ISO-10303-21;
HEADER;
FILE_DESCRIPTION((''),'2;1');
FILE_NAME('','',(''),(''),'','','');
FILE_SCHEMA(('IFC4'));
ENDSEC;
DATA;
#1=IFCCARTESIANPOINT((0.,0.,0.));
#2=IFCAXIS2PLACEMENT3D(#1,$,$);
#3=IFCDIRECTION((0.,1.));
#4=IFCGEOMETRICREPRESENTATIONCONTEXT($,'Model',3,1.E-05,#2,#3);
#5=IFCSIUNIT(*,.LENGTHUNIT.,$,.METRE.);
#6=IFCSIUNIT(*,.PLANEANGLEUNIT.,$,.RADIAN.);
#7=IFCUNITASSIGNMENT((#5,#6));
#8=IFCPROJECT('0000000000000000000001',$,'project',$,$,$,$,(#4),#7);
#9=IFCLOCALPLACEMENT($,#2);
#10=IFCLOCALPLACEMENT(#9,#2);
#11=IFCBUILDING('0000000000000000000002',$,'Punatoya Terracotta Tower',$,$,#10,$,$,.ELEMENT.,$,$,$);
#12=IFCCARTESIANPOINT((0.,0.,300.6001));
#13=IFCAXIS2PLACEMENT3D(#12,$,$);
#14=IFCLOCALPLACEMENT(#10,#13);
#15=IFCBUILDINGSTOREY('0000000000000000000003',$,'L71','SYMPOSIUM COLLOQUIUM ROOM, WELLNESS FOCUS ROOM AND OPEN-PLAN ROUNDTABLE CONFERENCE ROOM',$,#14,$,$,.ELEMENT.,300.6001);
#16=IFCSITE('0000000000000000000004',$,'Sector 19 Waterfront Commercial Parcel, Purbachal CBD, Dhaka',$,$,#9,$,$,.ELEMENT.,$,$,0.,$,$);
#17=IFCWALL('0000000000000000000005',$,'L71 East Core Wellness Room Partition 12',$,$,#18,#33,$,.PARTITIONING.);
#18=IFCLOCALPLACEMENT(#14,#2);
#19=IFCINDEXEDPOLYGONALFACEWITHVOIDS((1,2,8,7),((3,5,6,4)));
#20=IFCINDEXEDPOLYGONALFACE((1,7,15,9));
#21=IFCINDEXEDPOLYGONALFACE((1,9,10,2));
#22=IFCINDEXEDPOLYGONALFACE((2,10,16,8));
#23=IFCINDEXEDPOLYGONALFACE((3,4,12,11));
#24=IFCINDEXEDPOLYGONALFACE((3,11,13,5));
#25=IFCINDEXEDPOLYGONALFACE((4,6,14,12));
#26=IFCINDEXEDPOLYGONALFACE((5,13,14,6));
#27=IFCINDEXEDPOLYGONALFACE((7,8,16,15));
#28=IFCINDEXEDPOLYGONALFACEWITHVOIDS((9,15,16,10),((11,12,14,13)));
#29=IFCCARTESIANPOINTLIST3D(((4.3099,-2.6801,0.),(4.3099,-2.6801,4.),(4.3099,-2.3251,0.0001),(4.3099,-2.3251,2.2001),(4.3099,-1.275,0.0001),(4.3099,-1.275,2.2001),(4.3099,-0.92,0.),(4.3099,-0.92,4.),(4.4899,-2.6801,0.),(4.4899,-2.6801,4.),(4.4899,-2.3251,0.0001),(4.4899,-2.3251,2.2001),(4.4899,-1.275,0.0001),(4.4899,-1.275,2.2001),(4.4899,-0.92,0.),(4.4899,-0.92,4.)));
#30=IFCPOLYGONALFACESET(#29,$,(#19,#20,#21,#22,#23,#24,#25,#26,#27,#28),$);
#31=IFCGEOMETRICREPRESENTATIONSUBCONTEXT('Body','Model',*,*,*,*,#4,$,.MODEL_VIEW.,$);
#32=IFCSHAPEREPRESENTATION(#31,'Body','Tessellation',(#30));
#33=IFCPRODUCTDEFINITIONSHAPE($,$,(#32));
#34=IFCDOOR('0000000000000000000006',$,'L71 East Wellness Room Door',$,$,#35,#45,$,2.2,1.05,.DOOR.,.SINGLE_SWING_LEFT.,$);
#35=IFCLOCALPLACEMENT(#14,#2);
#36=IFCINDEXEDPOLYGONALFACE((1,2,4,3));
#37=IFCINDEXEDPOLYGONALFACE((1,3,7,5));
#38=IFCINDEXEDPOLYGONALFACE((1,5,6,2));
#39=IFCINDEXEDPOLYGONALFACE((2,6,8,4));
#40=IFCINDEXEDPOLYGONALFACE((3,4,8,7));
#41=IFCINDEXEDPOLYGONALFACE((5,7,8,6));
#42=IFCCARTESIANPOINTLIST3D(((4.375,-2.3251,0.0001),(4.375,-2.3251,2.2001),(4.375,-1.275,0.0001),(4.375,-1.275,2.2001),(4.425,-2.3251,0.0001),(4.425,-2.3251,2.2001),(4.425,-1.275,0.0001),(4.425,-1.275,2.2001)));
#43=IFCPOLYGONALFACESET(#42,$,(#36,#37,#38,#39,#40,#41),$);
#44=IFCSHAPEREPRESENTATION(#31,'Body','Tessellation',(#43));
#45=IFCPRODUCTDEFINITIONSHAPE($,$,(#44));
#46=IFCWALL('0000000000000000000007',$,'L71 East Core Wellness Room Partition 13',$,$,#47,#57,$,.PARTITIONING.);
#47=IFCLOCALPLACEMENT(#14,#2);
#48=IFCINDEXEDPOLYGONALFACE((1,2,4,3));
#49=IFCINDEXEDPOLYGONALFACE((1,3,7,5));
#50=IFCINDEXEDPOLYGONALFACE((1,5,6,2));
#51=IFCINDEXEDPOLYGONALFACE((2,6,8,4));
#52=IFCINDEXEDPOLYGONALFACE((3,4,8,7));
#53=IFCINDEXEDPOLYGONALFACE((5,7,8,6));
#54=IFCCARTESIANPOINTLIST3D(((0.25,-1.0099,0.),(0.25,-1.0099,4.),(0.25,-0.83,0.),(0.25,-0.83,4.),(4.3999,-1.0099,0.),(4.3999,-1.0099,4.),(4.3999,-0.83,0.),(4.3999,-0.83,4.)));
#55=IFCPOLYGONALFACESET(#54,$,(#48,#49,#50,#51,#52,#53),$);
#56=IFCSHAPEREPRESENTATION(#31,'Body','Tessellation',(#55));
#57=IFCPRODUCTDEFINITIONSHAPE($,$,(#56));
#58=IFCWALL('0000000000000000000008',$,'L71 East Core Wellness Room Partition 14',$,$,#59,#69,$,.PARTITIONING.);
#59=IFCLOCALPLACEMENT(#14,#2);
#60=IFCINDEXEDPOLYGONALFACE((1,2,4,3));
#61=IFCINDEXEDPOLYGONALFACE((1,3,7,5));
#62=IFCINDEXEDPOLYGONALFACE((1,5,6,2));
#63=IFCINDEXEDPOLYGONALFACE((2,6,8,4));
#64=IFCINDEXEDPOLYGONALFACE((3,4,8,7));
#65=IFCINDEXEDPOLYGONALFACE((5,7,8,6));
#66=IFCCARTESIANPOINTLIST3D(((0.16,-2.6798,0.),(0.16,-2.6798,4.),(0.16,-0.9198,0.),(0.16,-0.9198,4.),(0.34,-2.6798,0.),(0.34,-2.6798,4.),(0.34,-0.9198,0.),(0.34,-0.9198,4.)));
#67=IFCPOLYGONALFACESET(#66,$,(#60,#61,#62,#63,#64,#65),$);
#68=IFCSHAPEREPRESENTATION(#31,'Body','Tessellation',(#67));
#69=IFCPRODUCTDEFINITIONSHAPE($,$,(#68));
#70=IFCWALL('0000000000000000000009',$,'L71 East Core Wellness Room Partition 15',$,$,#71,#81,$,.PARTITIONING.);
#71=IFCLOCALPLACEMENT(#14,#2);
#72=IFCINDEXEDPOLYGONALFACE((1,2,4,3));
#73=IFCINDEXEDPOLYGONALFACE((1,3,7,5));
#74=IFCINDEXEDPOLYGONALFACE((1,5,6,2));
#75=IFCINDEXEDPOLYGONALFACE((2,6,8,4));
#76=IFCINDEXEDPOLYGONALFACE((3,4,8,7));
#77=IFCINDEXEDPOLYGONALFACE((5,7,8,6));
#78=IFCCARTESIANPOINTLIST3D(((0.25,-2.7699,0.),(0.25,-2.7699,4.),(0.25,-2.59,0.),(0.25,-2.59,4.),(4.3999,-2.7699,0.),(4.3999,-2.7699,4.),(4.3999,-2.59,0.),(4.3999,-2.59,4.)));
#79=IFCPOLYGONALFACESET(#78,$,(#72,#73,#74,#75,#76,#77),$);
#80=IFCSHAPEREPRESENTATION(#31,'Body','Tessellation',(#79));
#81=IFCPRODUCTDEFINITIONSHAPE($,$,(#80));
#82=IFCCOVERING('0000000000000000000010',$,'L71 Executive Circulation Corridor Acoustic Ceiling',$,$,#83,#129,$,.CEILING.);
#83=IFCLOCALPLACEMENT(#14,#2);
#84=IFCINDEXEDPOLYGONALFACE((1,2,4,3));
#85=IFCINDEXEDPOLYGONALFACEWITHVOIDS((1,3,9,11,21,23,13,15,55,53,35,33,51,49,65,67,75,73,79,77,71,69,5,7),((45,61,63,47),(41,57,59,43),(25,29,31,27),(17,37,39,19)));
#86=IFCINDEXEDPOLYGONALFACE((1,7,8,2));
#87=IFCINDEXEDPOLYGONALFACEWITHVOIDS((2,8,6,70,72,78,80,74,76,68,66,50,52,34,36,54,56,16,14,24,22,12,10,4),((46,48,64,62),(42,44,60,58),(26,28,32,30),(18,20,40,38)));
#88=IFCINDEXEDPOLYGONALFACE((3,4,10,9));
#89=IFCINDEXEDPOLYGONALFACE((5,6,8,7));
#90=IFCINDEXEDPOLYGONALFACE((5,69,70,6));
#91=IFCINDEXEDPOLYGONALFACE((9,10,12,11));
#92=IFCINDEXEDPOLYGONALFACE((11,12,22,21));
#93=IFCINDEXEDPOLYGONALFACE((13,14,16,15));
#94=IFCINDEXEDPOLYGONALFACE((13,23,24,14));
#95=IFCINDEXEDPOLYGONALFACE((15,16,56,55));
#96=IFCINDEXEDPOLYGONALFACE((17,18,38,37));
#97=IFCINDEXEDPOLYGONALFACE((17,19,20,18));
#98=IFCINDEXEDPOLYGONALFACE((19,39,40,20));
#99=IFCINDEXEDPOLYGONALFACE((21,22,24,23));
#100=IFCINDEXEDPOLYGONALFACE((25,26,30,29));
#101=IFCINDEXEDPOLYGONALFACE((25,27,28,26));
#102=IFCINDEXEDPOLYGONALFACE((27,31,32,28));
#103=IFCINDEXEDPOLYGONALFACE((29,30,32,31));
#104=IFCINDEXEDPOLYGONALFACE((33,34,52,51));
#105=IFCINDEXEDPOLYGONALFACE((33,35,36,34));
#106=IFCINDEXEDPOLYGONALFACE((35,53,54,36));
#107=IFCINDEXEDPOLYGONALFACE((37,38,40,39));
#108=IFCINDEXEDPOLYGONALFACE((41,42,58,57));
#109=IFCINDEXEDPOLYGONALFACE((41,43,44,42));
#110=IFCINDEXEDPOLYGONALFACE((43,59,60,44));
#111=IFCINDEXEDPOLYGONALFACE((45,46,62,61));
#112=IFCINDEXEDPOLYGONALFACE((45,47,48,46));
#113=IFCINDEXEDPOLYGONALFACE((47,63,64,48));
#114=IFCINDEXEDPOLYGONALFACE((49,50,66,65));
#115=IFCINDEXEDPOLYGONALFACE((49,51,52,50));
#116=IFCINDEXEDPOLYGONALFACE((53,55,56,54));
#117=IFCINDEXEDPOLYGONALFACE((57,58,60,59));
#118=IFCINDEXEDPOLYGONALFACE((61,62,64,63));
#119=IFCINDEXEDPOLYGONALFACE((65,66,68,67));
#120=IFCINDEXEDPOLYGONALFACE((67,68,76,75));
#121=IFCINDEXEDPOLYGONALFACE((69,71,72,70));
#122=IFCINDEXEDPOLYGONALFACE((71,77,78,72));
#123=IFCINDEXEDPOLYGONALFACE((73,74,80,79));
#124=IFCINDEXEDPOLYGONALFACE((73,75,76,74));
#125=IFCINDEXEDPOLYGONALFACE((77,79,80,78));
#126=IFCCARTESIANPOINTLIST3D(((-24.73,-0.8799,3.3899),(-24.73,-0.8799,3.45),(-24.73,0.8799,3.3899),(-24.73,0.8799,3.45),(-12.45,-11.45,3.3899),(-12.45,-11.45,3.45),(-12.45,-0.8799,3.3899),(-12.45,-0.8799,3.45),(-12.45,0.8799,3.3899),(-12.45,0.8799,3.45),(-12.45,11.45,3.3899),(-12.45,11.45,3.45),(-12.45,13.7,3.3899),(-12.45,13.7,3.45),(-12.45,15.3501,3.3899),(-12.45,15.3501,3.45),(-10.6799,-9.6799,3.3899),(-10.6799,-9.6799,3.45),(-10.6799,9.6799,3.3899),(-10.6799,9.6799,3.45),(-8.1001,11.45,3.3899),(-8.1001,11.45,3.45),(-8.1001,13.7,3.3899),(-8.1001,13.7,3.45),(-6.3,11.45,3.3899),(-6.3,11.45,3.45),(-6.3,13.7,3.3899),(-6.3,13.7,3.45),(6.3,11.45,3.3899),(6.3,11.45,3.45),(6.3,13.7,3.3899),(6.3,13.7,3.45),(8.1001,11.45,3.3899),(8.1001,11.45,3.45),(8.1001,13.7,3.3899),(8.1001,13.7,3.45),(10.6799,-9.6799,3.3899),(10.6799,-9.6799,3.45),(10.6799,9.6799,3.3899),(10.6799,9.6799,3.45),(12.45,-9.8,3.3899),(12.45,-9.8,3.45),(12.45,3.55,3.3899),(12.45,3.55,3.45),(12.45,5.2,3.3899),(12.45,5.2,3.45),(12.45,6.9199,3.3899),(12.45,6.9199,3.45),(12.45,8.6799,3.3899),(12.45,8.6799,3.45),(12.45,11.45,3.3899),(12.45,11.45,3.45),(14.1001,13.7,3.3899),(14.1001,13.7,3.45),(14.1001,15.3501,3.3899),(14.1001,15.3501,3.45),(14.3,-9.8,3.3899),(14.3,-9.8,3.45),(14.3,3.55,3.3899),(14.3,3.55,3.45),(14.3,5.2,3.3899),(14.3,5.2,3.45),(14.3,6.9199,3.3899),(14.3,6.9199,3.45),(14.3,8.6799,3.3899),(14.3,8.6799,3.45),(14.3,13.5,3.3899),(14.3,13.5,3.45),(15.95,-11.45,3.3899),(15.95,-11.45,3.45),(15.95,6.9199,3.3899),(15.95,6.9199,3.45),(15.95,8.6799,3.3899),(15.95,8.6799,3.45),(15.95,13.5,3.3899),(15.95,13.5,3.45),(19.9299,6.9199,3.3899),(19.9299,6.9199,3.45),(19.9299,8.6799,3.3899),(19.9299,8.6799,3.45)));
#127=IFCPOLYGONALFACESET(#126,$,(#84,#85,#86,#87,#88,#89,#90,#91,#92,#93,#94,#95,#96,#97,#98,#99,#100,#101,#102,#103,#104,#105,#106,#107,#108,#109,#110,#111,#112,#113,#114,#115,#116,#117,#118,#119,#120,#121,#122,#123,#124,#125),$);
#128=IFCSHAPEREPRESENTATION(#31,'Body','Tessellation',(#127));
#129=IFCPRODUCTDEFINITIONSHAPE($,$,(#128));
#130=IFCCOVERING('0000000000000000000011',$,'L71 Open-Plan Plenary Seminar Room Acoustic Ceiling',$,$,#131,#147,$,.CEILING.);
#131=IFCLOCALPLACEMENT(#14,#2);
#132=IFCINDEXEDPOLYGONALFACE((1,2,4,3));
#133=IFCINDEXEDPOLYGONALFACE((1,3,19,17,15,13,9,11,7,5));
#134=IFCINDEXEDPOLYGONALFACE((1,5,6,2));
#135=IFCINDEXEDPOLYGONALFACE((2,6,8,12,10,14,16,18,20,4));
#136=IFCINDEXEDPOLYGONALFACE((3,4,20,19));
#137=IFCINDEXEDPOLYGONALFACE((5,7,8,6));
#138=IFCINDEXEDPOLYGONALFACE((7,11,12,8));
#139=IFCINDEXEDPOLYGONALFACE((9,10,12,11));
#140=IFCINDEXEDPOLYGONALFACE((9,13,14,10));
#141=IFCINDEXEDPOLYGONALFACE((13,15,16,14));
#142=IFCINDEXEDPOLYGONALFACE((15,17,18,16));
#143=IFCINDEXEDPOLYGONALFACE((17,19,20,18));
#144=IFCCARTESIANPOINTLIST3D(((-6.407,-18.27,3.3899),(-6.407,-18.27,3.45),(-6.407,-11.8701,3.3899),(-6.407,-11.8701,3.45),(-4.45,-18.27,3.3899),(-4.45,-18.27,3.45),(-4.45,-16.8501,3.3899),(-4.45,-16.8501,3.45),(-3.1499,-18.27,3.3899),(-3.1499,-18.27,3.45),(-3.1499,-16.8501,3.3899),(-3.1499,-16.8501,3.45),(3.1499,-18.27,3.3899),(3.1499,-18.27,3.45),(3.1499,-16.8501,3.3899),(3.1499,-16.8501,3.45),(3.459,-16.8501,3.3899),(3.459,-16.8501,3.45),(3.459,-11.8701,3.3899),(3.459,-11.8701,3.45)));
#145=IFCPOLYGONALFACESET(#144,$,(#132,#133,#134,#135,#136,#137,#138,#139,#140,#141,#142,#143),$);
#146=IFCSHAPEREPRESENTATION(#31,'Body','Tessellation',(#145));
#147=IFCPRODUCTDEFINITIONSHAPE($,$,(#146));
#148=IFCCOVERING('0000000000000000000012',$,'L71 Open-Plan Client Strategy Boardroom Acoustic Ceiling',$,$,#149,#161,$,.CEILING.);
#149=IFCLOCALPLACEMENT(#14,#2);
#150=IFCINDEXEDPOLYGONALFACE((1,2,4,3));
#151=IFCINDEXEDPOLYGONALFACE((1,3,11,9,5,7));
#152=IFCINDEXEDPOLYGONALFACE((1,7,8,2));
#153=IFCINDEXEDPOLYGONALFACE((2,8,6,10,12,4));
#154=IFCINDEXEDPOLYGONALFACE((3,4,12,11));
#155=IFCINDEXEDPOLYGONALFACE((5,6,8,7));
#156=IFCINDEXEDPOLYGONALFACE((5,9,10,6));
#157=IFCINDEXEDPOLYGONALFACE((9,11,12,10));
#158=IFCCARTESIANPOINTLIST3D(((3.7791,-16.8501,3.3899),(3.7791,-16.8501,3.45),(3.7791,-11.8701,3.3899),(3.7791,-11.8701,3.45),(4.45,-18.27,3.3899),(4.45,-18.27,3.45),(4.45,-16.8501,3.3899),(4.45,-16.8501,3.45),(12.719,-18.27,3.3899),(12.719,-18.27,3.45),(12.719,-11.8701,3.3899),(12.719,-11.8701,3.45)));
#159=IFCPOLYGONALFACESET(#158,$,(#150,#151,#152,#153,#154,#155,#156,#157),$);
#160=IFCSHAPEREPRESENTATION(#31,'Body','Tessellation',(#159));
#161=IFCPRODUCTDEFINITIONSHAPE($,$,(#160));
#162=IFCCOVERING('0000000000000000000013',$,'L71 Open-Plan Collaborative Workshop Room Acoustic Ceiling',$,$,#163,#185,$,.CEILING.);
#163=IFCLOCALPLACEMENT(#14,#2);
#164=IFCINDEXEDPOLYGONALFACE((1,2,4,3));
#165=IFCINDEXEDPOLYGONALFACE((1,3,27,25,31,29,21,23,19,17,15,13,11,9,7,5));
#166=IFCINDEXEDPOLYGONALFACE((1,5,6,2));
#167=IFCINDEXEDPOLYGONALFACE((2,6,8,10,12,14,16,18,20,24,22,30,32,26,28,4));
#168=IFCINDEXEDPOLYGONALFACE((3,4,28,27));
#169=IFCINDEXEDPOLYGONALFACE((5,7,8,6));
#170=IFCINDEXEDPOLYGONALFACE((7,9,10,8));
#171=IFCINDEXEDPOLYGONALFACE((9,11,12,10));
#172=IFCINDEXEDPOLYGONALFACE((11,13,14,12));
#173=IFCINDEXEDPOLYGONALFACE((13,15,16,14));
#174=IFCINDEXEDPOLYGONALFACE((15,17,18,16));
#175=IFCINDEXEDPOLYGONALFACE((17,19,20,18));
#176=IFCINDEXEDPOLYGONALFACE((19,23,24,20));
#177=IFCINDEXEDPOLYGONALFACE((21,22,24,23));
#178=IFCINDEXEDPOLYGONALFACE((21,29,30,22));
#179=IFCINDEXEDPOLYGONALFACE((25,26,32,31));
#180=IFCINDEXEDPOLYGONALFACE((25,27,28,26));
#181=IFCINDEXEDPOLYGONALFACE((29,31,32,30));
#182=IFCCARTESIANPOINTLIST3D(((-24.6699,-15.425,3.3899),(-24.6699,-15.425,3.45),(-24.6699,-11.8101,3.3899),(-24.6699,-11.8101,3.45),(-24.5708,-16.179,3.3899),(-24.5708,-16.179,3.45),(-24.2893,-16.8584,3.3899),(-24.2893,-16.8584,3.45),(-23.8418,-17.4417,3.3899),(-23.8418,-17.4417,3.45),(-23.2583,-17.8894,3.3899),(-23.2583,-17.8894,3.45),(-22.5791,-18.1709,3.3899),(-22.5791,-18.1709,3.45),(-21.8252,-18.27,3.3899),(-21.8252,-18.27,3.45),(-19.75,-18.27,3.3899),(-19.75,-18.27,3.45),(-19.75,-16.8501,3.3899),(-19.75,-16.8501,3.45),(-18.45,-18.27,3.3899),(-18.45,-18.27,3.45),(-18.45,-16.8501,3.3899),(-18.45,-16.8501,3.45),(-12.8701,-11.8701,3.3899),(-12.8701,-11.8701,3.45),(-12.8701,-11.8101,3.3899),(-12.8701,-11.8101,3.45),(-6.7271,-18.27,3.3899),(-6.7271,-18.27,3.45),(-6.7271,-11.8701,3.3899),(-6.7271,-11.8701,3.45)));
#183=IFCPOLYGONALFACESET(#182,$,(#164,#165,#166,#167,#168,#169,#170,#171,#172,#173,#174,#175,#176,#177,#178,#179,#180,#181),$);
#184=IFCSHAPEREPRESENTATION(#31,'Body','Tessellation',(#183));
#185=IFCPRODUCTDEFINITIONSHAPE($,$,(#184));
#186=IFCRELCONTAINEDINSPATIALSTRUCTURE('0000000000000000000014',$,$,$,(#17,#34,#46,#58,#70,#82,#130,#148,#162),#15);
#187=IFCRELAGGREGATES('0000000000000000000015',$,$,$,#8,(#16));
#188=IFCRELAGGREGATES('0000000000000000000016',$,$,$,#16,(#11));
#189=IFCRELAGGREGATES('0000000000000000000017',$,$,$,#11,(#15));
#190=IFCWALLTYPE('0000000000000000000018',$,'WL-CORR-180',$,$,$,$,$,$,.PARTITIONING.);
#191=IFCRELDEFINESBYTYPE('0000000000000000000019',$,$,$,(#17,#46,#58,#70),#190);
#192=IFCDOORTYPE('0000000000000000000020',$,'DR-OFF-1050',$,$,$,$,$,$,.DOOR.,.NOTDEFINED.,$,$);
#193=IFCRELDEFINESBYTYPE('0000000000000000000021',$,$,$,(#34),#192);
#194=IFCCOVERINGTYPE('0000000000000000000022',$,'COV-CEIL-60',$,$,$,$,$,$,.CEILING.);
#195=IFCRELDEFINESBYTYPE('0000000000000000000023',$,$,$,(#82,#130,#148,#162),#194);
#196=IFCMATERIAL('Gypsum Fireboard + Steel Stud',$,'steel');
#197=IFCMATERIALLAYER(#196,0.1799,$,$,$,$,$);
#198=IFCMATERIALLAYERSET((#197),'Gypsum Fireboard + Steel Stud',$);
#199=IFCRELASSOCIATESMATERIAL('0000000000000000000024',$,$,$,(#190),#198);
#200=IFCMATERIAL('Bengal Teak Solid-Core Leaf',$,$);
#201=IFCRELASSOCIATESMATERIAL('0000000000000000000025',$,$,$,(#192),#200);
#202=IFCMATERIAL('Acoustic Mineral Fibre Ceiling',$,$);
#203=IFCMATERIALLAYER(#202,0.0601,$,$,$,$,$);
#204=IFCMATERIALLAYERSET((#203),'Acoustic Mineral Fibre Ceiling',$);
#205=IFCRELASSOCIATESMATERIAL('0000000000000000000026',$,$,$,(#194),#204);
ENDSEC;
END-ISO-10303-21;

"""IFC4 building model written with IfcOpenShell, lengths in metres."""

from ifc_helpers import new_model, si_unit, direction, frame, frame_2d, origin, place, context, subcontext, project, spatial, polyline, rectangle, outline, extrude, material, layer, layer_set, type_object, element, fill, save


model = new_model("IFC4")

# Units and contexts
model_context = context("Model", 3, precision=1e-05, world=origin(), true_north=direction((0.0, 1.0)))
body_context = subcontext(model_context, "Body", "Model", "MODEL_VIEW")
ifc_project = project(units=[si_unit("LENGTHUNIT", "METRE"), si_unit("PLANEANGLEUNIT", "RADIAN")], contexts=[model_context])

# Site, building, storey
site_placement = place(None, origin())
site = spatial("IfcSite", under=ifc_project, at=site_placement, Name="Sector 19 Waterfront Commercial Parcel, Purbachal CBD, Dhaka", CompositionType="ELEMENT", RefElevation=0.0)
building_placement = place(site_placement, origin())
building = spatial("IfcBuilding", under=site, at=building_placement, Name="Punatoya Terracotta Tower", CompositionType="ELEMENT")
storey_placement = place(building_placement, frame((0.0, 0.0, 300.6001)))
storey = spatial("IfcBuildingStorey", under=building, at=storey_placement, Name="L71", Description="SYMPOSIUM COLLOQUIUM ROOM, WELLNESS FOCUS ROOM AND OPEN-PLAN ROUNDTABLE CONFERENCE ROOM", CompositionType="ELEMENT", Elevation=300.6001)

# Wall, opening, door
ifc_material_1 = material(Name="Gypsum Fireboard + Steel Stud", Category="steel")
ifc_layer_1 = layer(ifc_material_1, 0.1799)
ifc_layer_set_1 = layer_set([ifc_layer_1], Name="Gypsum Fireboard + Steel Stud")
wall_type_1 = type_object("IfcWallType", Name="WL-CORR-180", PredefinedType="PARTITIONING", material=ifc_layer_set_1)
ifc_material_2 = material(Name="Bengal Teak Solid-Core Leaf")
door_type_1 = type_object("IfcDoorType", Name="DR-OFF-1050", OperationType="NOTDEFINED", PredefinedType="DOOR", material=ifc_material_2)
wall_1_placement = place(storey_placement, frame((4.3999, -2.6799, 0.0), z_axis=(0.0, 0.0, 1.0), x_axis=(0.0, 1.0, 0.0)))
wall_1 = element("IfcWall", 1, at=wall_1_placement, inside=storey, type_object=wall_type_1, Name="L71 East Core Wellness Room Partition 12", PredefinedType="PARTITIONING", context=body_context, shape_type="SweptSolid", body=[
    extrude(rectangle(XDim=1.76, YDim=0.1799, at=frame_2d((0.8799, 0.0))), origin(), (0.0, 0.0, 1.0), 4.0),
])
opening_1_placement = place(wall_1_placement, frame((0.355, 0.0, 0.0)))
opening_1 = element("IfcOpeningElement", 2, at=opening_1_placement, cuts=wall_1, PredefinedType="OPENING", context=body_context, shape_type="SweptSolid", body=[
    extrude(rectangle(XDim=1.05, YDim=2.2, at=frame_2d((0.5249, 1.1001))), frame((0.0, 0.0999, 0.0), z_axis=(0.0, -1.0, 0.0), x_axis=(1.0, 0.0, 0.0)), (0.0, 0.0, 1.0), 0.2),
])
door_1_placement = place(opening_1_placement, origin())
door_1 = element("IfcDoor", 3, at=door_1_placement, inside=storey, type_object=door_type_1, Name="L71 East Wellness Room Door", OperationType="SINGLE_SWING_LEFT", OverallHeight=2.2, OverallWidth=1.05, PredefinedType="DOOR", context=body_context, shape_type="SweptSolid", body=[
    extrude(rectangle(XDim=1.05, YDim=2.2, at=frame_2d((0.5249, 1.1001))), frame((0.0, 0.0249, 0.0), z_axis=(0.0, -1.0, 0.0), x_axis=(1.0, 0.0, 0.0)), (0.0, 0.0, 1.0), 0.05),
])
fill(opening_1, door_1)

# Walls
wall_2_placement = place(storey_placement, frame((4.3999, -0.9199, 0.0), z_axis=(0.0, 0.0, 1.0), x_axis=(-1.0, 0.0, 0.0)))
element("IfcWall", 4, at=wall_2_placement, inside=storey, type_object=wall_type_1, Name="L71 East Core Wellness Room Partition 13", PredefinedType="PARTITIONING", context=body_context, shape_type="SweptSolid", body=[
    extrude(rectangle(XDim=4.1499, YDim=0.1799, at=frame_2d((2.075, 0.0))), origin(), (0.0, 0.0, 1.0), 4.0),
])
wall_3_placement = place(storey_placement, frame((0.25, -0.9199, 0.0), z_axis=(0.0, 0.0, 1.0), x_axis=(0.0, -1.0, 0.0)))
element("IfcWall", 5, at=wall_3_placement, inside=storey, type_object=wall_type_1, Name="L71 East Core Wellness Room Partition 14", PredefinedType="PARTITIONING", context=body_context, shape_type="SweptSolid", body=[
    extrude(rectangle(XDim=1.76, YDim=0.1799, at=frame_2d((0.8799, 0.0))), origin(), (0.0, 0.0, 1.0), 4.0),
])
wall_4_placement = place(storey_placement, frame((0.25, -2.6799, 0.0), z_axis=(0.0, 0.0, 1.0), x_axis=(1.0, 0.0, 0.0)))
element("IfcWall", 6, at=wall_4_placement, inside=storey, type_object=wall_type_1, Name="L71 East Core Wellness Room Partition 15", PredefinedType="PARTITIONING", context=body_context, shape_type="SweptSolid", body=[
    extrude(rectangle(XDim=4.1499, YDim=0.1799, at=frame_2d((2.075, 0.0))), origin(), (0.0, 0.0, 1.0), 4.0),
])

# Coverings
ifc_material_3 = material(Name="Acoustic Mineral Fibre Ceiling")
ifc_layer_2 = layer(ifc_material_3, 0.0601)
ifc_layer_set_2 = layer_set([ifc_layer_2], Name="Acoustic Mineral Fibre Ceiling")
covering_type = type_object("IfcCoveringType", Name="COV-CEIL-60", PredefinedType="CEILING", material=ifc_layer_set_2)
covering_1_placement = place(storey_placement, frame((0.0, 0.0, 3.3899)))
element("IfcCovering", 7, at=covering_1_placement, inside=storey, type_object=covering_type, Name="L71 Executive Circulation Corridor Acoustic Ceiling", PredefinedType="CEILING", context=body_context, shape_type="SweptSolid", body=[
    extrude(outline(polyline([(-12.45, 13.7), (-8.1001, 13.7), (-8.1001, 11.45), (-12.45, 11.45), (-12.45, 0.8799), (-24.73, 0.8799), (-24.73, -0.8799), (-12.45, -0.8799), (-12.45, -11.45), (15.95, -11.45), (15.95, 6.9199), (19.9299, 6.9199), (19.9299, 8.6799), (15.95, 8.6799), (15.95, 13.5), (14.3, 13.5), (14.3, 8.6799), (12.45, 8.6799), (12.45, 11.45), (8.1001, 11.45), (8.1001, 13.7), (14.1001, 13.7), (14.1001, 15.3501), (-12.45, 15.3501), (-12.45, 13.7)]), holes=[polyline([(12.45, 3.55), (14.3, 3.55), (14.3, -9.8), (12.45, -9.8), (12.45, 3.55)]), polyline([(12.45, 6.9199), (14.3, 6.9199), (14.3, 5.2), (12.45, 5.2), (12.45, 6.9199)]), polyline([(10.6799, 9.6799), (10.6799, -9.6799), (-10.6799, -9.6799), (-10.6799, 9.6799), (10.6799, 9.6799)]), polyline([(6.3, 13.7), (6.3, 11.45), (-6.3, 11.45), (-6.3, 13.7), (6.3, 13.7)])]), origin(), (0.0, 0.0, 1.0), 0.0601),
])
covering_2_placement = place(storey_placement, frame((0.0, 0.0, 3.3899)))
element("IfcCovering", 8, at=covering_2_placement, inside=storey, type_object=covering_type, Name="L71 Open-Plan Plenary Seminar Room Acoustic Ceiling", PredefinedType="CEILING", context=body_context, shape_type="SweptSolid", body=[
    extrude(outline(polyline([(-4.45, -18.27), (-4.45, -16.8501), (-3.1499, -16.8501), (-3.1499, -18.27), (3.1499, -18.27), (3.1499, -16.8501), (3.459, -16.8501), (3.459, -11.8701), (-6.407, -11.8701), (-6.407, -18.27), (-4.45, -18.27)])), origin(), (0.0, 0.0, 1.0), 0.0601),
])
covering_3_placement = place(storey_placement, frame((0.0, 0.0, 3.3899)))
element("IfcCovering", 9, at=covering_3_placement, inside=storey, type_object=covering_type, Name="L71 Open-Plan Client Strategy Boardroom Acoustic Ceiling", PredefinedType="CEILING", context=body_context, shape_type="SweptSolid", body=[
    extrude(outline(polyline([(4.45, -18.27), (12.719, -18.27), (12.719, -11.8701), (3.7791, -11.8701), (3.7791, -16.8501), (4.45, -16.8501), (4.45, -18.27)])), origin(), (0.0, 0.0, 1.0), 0.0601),
])
covering_4_placement = place(storey_placement, frame((0.0, 0.0, 3.3899)))
element("IfcCovering", 10, at=covering_4_placement, inside=storey, type_object=covering_type, Name="L71 Open-Plan Collaborative Workshop Room Acoustic Ceiling", PredefinedType="CEILING", context=body_context, shape_type="SweptSolid", body=[
    extrude(outline(polyline([(-21.8252, -18.27), (-19.75, -18.27), (-19.75, -16.8501), (-18.45, -16.8501), (-18.45, -18.27), (-6.7271, -18.27), (-6.7271, -11.8701), (-12.8701, -11.8701), (-12.8701, -11.8101), (-24.6699, -11.8101), (-24.6699, -15.425), (-24.5708, -16.179), (-24.2893, -16.8584), (-23.8418, -17.4417), (-23.2583, -17.8894), (-22.5791, -18.1709), (-21.8252, -18.27)])), origin(), (0.0, 0.0, 1.0), 0.0601),
])

save(model, "model.ifc")
